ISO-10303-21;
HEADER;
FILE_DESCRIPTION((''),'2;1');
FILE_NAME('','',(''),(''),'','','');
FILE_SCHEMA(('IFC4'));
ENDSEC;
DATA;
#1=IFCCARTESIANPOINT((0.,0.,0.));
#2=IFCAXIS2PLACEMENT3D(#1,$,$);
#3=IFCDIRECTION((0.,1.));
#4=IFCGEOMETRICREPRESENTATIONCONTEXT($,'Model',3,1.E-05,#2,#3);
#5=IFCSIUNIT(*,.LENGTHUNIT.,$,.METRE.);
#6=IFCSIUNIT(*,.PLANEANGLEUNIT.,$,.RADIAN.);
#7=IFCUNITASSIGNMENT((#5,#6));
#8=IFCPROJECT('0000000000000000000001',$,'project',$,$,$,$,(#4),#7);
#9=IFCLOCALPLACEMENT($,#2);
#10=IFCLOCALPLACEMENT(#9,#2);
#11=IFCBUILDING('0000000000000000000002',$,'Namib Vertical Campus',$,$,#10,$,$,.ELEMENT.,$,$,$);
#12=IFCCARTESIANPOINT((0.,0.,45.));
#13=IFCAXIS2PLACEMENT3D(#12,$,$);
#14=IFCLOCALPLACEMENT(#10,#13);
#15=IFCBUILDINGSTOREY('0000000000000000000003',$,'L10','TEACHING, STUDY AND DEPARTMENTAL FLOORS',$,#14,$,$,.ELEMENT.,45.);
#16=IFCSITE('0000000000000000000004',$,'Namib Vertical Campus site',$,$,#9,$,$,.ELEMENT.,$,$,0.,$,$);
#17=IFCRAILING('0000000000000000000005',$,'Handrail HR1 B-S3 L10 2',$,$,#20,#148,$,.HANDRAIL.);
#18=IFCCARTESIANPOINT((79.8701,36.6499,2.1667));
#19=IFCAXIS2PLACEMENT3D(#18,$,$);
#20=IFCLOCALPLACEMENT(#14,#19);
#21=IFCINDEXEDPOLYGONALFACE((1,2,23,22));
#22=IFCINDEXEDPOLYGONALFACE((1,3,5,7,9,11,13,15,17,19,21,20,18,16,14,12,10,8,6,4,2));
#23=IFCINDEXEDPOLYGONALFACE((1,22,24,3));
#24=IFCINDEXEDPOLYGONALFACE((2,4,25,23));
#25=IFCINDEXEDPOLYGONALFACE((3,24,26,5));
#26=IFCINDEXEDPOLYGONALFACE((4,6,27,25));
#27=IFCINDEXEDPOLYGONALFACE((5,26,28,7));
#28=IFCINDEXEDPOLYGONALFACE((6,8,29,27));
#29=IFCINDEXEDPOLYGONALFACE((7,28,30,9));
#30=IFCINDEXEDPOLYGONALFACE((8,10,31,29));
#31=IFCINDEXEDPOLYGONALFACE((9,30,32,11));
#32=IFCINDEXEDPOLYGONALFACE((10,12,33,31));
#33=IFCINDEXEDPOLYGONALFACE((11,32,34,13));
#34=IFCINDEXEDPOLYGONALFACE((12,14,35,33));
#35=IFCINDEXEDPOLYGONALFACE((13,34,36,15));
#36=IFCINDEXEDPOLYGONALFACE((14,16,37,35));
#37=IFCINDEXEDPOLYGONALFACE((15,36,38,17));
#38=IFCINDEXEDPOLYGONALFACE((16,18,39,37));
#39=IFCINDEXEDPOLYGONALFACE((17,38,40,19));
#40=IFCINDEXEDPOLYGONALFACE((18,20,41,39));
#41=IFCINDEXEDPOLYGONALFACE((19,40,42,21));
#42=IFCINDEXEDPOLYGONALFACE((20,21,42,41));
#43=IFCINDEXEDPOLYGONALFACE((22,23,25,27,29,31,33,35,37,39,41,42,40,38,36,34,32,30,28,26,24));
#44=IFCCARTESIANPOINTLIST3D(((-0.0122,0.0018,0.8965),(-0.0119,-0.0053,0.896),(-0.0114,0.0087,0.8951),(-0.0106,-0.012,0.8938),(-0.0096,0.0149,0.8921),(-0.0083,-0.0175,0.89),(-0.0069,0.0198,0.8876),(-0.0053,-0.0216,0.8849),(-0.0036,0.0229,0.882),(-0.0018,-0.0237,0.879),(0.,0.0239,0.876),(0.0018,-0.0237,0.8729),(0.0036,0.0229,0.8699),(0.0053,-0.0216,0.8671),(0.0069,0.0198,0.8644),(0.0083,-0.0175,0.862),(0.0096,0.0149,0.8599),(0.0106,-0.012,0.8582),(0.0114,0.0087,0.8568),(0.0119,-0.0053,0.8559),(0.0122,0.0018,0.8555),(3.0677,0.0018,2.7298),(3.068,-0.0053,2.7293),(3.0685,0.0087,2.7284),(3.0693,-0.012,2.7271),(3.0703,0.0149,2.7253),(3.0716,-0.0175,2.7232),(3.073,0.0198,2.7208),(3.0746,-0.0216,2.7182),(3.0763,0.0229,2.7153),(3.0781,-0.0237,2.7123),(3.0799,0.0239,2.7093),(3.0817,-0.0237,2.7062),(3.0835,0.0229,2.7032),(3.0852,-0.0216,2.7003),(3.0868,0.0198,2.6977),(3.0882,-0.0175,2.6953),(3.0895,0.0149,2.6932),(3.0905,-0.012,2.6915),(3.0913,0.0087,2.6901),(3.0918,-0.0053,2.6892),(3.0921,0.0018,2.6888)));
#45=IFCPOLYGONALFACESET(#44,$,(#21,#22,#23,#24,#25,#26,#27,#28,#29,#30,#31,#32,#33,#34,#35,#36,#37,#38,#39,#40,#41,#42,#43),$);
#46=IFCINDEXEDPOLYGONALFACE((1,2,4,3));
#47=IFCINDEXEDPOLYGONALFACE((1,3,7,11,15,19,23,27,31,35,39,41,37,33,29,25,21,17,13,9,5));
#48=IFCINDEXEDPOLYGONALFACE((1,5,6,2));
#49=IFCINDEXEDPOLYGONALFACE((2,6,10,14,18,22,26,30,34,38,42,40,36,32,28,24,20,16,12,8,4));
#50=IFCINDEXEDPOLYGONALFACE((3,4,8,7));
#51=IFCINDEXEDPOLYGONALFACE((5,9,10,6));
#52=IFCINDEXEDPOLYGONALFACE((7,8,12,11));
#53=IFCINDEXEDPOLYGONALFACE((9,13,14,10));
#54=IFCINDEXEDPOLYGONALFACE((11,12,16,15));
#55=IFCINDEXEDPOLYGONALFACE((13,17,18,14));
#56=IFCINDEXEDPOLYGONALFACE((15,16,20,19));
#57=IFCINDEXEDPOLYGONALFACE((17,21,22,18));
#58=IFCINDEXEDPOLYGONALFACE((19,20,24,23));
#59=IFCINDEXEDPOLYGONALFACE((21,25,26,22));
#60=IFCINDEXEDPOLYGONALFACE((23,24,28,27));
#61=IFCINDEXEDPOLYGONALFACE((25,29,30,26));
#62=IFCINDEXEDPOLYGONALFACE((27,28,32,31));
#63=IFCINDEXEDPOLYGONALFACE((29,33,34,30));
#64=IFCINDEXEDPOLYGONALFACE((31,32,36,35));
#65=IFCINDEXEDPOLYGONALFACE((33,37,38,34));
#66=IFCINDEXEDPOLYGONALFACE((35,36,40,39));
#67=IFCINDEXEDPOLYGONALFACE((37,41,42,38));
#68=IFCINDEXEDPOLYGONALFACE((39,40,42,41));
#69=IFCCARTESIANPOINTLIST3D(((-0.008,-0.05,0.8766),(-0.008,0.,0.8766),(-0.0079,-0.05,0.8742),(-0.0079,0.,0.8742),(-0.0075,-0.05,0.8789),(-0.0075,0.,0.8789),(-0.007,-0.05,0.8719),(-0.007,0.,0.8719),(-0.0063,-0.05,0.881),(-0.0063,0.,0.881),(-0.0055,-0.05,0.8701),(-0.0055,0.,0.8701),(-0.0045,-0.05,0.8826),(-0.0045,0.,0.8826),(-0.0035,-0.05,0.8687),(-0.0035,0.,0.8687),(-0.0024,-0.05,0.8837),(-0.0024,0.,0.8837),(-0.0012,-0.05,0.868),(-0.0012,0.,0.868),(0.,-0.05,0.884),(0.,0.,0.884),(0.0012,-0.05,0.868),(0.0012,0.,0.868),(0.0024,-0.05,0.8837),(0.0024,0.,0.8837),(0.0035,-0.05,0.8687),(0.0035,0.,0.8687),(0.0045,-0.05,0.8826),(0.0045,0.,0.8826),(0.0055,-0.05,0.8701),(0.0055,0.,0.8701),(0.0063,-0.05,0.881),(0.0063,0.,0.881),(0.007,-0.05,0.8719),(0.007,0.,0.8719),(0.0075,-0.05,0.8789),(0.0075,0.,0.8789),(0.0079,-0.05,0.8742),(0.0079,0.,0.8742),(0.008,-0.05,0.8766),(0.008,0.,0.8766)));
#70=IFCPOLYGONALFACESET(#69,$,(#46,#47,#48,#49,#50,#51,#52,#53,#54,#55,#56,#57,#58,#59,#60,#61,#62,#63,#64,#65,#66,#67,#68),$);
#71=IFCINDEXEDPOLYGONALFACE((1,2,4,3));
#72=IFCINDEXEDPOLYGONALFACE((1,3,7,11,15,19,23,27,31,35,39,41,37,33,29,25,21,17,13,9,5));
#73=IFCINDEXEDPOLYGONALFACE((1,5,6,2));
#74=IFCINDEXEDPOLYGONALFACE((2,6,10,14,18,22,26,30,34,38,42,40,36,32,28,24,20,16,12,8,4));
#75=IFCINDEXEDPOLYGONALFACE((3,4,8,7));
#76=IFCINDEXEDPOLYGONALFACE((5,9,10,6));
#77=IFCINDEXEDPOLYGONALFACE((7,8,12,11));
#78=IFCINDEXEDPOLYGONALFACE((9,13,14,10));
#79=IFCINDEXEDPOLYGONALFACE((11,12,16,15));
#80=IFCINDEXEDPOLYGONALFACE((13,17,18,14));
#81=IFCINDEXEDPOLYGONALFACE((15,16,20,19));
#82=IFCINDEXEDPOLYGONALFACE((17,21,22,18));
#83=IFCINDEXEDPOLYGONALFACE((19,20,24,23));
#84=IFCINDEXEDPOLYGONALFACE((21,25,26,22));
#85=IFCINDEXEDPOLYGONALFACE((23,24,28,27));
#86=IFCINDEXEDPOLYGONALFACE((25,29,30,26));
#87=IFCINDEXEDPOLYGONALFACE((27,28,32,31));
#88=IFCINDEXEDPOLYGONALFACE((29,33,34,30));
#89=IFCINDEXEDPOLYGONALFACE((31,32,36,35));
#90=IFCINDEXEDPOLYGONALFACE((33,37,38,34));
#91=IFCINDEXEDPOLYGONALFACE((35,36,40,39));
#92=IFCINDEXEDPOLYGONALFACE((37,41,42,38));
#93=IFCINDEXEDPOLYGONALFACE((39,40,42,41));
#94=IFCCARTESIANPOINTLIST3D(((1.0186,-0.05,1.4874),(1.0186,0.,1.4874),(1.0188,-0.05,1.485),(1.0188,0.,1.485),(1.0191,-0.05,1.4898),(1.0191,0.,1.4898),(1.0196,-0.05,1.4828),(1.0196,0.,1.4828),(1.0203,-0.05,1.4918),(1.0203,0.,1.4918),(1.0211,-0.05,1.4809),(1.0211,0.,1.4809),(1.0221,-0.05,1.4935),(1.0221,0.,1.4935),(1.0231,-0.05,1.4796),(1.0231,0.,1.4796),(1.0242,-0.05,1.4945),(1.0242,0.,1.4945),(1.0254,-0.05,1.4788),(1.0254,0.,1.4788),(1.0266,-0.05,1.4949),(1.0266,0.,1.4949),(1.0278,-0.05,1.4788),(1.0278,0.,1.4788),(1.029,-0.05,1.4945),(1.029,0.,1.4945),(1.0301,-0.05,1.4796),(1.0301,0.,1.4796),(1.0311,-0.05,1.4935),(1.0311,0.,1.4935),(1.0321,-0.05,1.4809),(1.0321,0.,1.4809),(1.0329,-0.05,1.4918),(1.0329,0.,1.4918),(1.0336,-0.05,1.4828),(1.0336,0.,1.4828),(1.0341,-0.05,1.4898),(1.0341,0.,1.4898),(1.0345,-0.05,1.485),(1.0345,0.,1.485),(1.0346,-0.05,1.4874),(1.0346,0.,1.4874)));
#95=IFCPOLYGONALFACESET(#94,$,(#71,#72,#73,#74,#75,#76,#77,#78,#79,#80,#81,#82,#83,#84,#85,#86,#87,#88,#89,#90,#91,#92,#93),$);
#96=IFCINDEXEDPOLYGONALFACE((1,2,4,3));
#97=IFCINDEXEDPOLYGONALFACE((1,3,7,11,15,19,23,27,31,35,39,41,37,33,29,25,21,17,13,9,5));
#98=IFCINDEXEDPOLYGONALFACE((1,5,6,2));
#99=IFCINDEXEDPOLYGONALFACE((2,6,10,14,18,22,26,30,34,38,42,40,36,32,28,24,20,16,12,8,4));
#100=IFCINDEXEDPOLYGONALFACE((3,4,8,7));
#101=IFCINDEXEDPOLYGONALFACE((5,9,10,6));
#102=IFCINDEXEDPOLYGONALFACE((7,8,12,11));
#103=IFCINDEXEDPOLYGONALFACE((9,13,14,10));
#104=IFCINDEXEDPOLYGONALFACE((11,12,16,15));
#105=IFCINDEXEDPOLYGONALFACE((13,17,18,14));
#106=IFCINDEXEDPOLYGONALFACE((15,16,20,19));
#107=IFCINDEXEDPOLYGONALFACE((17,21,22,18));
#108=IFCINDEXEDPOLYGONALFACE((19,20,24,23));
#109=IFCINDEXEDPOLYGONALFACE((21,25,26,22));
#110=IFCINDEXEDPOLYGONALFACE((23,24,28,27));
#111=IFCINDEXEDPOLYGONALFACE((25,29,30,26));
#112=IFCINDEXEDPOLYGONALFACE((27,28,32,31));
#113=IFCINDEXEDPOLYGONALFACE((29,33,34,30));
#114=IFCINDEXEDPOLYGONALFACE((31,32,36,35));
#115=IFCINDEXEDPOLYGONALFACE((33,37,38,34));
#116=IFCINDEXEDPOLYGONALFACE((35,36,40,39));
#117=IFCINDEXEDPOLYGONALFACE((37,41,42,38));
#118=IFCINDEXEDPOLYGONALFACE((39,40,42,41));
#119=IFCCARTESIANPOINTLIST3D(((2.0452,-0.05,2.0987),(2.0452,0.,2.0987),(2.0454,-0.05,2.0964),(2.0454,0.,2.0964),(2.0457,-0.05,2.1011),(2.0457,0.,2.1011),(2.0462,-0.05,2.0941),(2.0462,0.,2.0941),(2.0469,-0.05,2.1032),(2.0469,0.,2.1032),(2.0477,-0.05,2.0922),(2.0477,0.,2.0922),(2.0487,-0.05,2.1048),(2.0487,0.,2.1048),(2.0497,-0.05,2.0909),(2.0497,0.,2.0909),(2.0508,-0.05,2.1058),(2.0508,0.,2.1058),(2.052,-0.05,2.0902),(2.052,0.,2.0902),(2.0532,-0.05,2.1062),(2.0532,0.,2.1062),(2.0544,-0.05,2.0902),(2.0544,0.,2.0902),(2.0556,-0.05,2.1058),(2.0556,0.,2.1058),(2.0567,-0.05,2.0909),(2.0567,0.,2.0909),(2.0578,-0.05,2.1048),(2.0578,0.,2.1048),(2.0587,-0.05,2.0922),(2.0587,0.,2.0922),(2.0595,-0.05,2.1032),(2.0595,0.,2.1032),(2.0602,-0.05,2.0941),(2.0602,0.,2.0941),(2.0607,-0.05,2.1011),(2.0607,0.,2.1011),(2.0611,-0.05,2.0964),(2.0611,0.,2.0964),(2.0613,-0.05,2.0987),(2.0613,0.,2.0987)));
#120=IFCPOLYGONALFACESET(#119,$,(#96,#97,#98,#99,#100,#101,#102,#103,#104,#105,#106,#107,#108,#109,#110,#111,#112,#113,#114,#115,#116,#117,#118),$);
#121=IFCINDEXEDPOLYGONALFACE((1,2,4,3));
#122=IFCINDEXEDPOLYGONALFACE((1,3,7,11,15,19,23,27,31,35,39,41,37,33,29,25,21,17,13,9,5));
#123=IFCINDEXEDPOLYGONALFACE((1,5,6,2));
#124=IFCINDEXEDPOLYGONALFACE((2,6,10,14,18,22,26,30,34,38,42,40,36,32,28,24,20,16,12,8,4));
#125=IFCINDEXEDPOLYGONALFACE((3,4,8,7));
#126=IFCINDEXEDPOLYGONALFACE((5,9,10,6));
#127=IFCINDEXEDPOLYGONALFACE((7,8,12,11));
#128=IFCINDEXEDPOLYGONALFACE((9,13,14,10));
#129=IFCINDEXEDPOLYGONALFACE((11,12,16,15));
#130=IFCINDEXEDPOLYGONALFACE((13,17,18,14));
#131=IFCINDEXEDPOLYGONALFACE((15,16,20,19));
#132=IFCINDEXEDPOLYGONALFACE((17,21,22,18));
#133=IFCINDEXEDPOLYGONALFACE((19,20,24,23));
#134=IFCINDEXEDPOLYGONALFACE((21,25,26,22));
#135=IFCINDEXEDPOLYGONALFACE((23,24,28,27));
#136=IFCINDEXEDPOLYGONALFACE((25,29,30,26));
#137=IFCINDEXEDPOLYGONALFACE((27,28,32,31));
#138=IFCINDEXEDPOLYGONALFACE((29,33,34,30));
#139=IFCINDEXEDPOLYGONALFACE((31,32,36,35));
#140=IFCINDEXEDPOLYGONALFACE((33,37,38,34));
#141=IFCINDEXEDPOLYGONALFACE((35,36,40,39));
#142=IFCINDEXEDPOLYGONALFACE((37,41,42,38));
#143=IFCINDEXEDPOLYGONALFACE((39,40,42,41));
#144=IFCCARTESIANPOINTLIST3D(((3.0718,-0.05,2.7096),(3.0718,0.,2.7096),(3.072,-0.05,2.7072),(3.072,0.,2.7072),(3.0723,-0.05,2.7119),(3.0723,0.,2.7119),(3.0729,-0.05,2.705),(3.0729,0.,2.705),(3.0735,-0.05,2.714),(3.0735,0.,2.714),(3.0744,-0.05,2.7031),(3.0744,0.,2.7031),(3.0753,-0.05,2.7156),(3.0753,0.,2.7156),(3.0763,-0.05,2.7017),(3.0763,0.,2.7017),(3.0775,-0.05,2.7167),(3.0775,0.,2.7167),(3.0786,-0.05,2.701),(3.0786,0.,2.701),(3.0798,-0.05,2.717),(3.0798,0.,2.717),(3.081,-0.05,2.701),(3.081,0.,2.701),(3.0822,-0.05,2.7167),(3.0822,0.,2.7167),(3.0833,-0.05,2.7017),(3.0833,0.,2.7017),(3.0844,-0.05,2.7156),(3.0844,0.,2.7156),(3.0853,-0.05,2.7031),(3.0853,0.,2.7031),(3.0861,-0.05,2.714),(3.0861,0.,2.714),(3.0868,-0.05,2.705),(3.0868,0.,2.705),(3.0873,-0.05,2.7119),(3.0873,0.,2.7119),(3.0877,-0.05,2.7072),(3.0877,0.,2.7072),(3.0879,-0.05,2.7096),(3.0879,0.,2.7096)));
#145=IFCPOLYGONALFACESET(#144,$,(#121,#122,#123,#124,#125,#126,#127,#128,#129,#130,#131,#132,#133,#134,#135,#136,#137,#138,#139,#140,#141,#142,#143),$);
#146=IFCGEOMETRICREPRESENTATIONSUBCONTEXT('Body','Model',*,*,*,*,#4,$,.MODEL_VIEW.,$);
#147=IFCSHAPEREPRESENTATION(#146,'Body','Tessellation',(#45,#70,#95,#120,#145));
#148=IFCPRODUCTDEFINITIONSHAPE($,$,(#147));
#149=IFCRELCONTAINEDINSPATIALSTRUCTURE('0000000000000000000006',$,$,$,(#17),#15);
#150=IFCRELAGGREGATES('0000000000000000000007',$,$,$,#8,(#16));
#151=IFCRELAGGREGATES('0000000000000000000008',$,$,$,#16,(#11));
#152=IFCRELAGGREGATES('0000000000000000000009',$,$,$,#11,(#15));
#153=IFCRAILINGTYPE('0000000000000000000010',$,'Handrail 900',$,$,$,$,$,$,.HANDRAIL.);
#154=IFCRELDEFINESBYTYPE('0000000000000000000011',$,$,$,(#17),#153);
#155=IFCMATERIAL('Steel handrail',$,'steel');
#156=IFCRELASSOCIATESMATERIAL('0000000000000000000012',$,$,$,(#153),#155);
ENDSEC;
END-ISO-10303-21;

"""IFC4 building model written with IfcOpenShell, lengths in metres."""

from ifc_helpers import new_model, si_unit, direction, frame, origin, origin_2d, place, context, subcontext, project, spatial, circle, extrude, material, type_object, element, save


model = new_model("IFC4")

# Units and contexts
model_context = context("Model", 3, precision=1e-05, world=origin(), true_north=direction((0.0, 1.0)))
body_context = subcontext(model_context, "Body", "Model", "MODEL_VIEW")
ifc_project = project(units=[si_unit("LENGTHUNIT", "METRE"), si_unit("PLANEANGLEUNIT", "RADIAN")], contexts=[model_context])

# Site, building, storey
site_placement = place(None, origin())
site = spatial("IfcSite", under=ifc_project, at=site_placement, Name="Namib Vertical Campus site", CompositionType="ELEMENT", RefElevation=0.0)
building_placement = place(site_placement, origin())
building = spatial("IfcBuilding", under=site, at=building_placement, Name="Namib Vertical Campus", CompositionType="ELEMENT")
storey_placement = place(building_placement, frame((0.0, 0.0, 45.0)))
storey = spatial("IfcBuildingStorey", under=building, at=storey_placement, Name="L10", Description="TEACHING, STUDY AND DEPARTMENTAL FLOORS", CompositionType="ELEMENT", Elevation=45.0)

# Railing
ifc_material_1 = material(Name="Steel handrail", Category="steel")
railing_type = type_object("IfcRailingType", Name="Handrail 900", PredefinedType="HANDRAIL", material=ifc_material_1)
railing_1_placement = place(storey_placement, frame((79.8701, 36.6499, 2.1667)))
element("IfcRailing", 1, at=railing_1_placement, inside=storey, type_object=railing_type, Name="Handrail HR1 B-S3 L10 2", PredefinedType="HANDRAIL", context=body_context, shape_type="SweptSolid", body=[
    extrude(circle(Radius=0.0239, at=origin_2d()), frame((0.0, 0.0, 0.876), z_axis=(0.859291, 0.0, 0.511487), x_axis=(0.0, 1.0, 0.0)), (0.0, 0.0, 1.0), 3.5842),
    extrude(circle(Radius=0.0081, at=origin_2d()), frame((0.0, 0.0, 0.876), z_axis=(0.0, -1.0, 0.0), x_axis=(0.0, 0.0, 1.0)), (0.0, 0.0, 1.0), 0.05),
    extrude(circle(Radius=0.0081, at=origin_2d()), frame((1.0266, 0.0, 1.4868), z_axis=(0.0, -1.0, 0.0), x_axis=(0.0, 0.0, 1.0)), (0.0, 0.0, 1.0), 0.05),
    extrude(circle(Radius=0.0081, at=origin_2d()), frame((2.0532, 0.0, 2.0981), z_axis=(0.0, -1.0, 0.0), x_axis=(0.0, 0.0, 1.0)), (0.0, 0.0, 1.0), 0.05),
    extrude(circle(Radius=0.0081, at=origin_2d()), frame((3.0798, 0.0, 2.709), z_axis=(0.0, -1.0, 0.0), x_axis=(0.0, 0.0, 1.0)), (0.0, 0.0, 1.0), 0.05),
])

save(model, "model.ifc")
